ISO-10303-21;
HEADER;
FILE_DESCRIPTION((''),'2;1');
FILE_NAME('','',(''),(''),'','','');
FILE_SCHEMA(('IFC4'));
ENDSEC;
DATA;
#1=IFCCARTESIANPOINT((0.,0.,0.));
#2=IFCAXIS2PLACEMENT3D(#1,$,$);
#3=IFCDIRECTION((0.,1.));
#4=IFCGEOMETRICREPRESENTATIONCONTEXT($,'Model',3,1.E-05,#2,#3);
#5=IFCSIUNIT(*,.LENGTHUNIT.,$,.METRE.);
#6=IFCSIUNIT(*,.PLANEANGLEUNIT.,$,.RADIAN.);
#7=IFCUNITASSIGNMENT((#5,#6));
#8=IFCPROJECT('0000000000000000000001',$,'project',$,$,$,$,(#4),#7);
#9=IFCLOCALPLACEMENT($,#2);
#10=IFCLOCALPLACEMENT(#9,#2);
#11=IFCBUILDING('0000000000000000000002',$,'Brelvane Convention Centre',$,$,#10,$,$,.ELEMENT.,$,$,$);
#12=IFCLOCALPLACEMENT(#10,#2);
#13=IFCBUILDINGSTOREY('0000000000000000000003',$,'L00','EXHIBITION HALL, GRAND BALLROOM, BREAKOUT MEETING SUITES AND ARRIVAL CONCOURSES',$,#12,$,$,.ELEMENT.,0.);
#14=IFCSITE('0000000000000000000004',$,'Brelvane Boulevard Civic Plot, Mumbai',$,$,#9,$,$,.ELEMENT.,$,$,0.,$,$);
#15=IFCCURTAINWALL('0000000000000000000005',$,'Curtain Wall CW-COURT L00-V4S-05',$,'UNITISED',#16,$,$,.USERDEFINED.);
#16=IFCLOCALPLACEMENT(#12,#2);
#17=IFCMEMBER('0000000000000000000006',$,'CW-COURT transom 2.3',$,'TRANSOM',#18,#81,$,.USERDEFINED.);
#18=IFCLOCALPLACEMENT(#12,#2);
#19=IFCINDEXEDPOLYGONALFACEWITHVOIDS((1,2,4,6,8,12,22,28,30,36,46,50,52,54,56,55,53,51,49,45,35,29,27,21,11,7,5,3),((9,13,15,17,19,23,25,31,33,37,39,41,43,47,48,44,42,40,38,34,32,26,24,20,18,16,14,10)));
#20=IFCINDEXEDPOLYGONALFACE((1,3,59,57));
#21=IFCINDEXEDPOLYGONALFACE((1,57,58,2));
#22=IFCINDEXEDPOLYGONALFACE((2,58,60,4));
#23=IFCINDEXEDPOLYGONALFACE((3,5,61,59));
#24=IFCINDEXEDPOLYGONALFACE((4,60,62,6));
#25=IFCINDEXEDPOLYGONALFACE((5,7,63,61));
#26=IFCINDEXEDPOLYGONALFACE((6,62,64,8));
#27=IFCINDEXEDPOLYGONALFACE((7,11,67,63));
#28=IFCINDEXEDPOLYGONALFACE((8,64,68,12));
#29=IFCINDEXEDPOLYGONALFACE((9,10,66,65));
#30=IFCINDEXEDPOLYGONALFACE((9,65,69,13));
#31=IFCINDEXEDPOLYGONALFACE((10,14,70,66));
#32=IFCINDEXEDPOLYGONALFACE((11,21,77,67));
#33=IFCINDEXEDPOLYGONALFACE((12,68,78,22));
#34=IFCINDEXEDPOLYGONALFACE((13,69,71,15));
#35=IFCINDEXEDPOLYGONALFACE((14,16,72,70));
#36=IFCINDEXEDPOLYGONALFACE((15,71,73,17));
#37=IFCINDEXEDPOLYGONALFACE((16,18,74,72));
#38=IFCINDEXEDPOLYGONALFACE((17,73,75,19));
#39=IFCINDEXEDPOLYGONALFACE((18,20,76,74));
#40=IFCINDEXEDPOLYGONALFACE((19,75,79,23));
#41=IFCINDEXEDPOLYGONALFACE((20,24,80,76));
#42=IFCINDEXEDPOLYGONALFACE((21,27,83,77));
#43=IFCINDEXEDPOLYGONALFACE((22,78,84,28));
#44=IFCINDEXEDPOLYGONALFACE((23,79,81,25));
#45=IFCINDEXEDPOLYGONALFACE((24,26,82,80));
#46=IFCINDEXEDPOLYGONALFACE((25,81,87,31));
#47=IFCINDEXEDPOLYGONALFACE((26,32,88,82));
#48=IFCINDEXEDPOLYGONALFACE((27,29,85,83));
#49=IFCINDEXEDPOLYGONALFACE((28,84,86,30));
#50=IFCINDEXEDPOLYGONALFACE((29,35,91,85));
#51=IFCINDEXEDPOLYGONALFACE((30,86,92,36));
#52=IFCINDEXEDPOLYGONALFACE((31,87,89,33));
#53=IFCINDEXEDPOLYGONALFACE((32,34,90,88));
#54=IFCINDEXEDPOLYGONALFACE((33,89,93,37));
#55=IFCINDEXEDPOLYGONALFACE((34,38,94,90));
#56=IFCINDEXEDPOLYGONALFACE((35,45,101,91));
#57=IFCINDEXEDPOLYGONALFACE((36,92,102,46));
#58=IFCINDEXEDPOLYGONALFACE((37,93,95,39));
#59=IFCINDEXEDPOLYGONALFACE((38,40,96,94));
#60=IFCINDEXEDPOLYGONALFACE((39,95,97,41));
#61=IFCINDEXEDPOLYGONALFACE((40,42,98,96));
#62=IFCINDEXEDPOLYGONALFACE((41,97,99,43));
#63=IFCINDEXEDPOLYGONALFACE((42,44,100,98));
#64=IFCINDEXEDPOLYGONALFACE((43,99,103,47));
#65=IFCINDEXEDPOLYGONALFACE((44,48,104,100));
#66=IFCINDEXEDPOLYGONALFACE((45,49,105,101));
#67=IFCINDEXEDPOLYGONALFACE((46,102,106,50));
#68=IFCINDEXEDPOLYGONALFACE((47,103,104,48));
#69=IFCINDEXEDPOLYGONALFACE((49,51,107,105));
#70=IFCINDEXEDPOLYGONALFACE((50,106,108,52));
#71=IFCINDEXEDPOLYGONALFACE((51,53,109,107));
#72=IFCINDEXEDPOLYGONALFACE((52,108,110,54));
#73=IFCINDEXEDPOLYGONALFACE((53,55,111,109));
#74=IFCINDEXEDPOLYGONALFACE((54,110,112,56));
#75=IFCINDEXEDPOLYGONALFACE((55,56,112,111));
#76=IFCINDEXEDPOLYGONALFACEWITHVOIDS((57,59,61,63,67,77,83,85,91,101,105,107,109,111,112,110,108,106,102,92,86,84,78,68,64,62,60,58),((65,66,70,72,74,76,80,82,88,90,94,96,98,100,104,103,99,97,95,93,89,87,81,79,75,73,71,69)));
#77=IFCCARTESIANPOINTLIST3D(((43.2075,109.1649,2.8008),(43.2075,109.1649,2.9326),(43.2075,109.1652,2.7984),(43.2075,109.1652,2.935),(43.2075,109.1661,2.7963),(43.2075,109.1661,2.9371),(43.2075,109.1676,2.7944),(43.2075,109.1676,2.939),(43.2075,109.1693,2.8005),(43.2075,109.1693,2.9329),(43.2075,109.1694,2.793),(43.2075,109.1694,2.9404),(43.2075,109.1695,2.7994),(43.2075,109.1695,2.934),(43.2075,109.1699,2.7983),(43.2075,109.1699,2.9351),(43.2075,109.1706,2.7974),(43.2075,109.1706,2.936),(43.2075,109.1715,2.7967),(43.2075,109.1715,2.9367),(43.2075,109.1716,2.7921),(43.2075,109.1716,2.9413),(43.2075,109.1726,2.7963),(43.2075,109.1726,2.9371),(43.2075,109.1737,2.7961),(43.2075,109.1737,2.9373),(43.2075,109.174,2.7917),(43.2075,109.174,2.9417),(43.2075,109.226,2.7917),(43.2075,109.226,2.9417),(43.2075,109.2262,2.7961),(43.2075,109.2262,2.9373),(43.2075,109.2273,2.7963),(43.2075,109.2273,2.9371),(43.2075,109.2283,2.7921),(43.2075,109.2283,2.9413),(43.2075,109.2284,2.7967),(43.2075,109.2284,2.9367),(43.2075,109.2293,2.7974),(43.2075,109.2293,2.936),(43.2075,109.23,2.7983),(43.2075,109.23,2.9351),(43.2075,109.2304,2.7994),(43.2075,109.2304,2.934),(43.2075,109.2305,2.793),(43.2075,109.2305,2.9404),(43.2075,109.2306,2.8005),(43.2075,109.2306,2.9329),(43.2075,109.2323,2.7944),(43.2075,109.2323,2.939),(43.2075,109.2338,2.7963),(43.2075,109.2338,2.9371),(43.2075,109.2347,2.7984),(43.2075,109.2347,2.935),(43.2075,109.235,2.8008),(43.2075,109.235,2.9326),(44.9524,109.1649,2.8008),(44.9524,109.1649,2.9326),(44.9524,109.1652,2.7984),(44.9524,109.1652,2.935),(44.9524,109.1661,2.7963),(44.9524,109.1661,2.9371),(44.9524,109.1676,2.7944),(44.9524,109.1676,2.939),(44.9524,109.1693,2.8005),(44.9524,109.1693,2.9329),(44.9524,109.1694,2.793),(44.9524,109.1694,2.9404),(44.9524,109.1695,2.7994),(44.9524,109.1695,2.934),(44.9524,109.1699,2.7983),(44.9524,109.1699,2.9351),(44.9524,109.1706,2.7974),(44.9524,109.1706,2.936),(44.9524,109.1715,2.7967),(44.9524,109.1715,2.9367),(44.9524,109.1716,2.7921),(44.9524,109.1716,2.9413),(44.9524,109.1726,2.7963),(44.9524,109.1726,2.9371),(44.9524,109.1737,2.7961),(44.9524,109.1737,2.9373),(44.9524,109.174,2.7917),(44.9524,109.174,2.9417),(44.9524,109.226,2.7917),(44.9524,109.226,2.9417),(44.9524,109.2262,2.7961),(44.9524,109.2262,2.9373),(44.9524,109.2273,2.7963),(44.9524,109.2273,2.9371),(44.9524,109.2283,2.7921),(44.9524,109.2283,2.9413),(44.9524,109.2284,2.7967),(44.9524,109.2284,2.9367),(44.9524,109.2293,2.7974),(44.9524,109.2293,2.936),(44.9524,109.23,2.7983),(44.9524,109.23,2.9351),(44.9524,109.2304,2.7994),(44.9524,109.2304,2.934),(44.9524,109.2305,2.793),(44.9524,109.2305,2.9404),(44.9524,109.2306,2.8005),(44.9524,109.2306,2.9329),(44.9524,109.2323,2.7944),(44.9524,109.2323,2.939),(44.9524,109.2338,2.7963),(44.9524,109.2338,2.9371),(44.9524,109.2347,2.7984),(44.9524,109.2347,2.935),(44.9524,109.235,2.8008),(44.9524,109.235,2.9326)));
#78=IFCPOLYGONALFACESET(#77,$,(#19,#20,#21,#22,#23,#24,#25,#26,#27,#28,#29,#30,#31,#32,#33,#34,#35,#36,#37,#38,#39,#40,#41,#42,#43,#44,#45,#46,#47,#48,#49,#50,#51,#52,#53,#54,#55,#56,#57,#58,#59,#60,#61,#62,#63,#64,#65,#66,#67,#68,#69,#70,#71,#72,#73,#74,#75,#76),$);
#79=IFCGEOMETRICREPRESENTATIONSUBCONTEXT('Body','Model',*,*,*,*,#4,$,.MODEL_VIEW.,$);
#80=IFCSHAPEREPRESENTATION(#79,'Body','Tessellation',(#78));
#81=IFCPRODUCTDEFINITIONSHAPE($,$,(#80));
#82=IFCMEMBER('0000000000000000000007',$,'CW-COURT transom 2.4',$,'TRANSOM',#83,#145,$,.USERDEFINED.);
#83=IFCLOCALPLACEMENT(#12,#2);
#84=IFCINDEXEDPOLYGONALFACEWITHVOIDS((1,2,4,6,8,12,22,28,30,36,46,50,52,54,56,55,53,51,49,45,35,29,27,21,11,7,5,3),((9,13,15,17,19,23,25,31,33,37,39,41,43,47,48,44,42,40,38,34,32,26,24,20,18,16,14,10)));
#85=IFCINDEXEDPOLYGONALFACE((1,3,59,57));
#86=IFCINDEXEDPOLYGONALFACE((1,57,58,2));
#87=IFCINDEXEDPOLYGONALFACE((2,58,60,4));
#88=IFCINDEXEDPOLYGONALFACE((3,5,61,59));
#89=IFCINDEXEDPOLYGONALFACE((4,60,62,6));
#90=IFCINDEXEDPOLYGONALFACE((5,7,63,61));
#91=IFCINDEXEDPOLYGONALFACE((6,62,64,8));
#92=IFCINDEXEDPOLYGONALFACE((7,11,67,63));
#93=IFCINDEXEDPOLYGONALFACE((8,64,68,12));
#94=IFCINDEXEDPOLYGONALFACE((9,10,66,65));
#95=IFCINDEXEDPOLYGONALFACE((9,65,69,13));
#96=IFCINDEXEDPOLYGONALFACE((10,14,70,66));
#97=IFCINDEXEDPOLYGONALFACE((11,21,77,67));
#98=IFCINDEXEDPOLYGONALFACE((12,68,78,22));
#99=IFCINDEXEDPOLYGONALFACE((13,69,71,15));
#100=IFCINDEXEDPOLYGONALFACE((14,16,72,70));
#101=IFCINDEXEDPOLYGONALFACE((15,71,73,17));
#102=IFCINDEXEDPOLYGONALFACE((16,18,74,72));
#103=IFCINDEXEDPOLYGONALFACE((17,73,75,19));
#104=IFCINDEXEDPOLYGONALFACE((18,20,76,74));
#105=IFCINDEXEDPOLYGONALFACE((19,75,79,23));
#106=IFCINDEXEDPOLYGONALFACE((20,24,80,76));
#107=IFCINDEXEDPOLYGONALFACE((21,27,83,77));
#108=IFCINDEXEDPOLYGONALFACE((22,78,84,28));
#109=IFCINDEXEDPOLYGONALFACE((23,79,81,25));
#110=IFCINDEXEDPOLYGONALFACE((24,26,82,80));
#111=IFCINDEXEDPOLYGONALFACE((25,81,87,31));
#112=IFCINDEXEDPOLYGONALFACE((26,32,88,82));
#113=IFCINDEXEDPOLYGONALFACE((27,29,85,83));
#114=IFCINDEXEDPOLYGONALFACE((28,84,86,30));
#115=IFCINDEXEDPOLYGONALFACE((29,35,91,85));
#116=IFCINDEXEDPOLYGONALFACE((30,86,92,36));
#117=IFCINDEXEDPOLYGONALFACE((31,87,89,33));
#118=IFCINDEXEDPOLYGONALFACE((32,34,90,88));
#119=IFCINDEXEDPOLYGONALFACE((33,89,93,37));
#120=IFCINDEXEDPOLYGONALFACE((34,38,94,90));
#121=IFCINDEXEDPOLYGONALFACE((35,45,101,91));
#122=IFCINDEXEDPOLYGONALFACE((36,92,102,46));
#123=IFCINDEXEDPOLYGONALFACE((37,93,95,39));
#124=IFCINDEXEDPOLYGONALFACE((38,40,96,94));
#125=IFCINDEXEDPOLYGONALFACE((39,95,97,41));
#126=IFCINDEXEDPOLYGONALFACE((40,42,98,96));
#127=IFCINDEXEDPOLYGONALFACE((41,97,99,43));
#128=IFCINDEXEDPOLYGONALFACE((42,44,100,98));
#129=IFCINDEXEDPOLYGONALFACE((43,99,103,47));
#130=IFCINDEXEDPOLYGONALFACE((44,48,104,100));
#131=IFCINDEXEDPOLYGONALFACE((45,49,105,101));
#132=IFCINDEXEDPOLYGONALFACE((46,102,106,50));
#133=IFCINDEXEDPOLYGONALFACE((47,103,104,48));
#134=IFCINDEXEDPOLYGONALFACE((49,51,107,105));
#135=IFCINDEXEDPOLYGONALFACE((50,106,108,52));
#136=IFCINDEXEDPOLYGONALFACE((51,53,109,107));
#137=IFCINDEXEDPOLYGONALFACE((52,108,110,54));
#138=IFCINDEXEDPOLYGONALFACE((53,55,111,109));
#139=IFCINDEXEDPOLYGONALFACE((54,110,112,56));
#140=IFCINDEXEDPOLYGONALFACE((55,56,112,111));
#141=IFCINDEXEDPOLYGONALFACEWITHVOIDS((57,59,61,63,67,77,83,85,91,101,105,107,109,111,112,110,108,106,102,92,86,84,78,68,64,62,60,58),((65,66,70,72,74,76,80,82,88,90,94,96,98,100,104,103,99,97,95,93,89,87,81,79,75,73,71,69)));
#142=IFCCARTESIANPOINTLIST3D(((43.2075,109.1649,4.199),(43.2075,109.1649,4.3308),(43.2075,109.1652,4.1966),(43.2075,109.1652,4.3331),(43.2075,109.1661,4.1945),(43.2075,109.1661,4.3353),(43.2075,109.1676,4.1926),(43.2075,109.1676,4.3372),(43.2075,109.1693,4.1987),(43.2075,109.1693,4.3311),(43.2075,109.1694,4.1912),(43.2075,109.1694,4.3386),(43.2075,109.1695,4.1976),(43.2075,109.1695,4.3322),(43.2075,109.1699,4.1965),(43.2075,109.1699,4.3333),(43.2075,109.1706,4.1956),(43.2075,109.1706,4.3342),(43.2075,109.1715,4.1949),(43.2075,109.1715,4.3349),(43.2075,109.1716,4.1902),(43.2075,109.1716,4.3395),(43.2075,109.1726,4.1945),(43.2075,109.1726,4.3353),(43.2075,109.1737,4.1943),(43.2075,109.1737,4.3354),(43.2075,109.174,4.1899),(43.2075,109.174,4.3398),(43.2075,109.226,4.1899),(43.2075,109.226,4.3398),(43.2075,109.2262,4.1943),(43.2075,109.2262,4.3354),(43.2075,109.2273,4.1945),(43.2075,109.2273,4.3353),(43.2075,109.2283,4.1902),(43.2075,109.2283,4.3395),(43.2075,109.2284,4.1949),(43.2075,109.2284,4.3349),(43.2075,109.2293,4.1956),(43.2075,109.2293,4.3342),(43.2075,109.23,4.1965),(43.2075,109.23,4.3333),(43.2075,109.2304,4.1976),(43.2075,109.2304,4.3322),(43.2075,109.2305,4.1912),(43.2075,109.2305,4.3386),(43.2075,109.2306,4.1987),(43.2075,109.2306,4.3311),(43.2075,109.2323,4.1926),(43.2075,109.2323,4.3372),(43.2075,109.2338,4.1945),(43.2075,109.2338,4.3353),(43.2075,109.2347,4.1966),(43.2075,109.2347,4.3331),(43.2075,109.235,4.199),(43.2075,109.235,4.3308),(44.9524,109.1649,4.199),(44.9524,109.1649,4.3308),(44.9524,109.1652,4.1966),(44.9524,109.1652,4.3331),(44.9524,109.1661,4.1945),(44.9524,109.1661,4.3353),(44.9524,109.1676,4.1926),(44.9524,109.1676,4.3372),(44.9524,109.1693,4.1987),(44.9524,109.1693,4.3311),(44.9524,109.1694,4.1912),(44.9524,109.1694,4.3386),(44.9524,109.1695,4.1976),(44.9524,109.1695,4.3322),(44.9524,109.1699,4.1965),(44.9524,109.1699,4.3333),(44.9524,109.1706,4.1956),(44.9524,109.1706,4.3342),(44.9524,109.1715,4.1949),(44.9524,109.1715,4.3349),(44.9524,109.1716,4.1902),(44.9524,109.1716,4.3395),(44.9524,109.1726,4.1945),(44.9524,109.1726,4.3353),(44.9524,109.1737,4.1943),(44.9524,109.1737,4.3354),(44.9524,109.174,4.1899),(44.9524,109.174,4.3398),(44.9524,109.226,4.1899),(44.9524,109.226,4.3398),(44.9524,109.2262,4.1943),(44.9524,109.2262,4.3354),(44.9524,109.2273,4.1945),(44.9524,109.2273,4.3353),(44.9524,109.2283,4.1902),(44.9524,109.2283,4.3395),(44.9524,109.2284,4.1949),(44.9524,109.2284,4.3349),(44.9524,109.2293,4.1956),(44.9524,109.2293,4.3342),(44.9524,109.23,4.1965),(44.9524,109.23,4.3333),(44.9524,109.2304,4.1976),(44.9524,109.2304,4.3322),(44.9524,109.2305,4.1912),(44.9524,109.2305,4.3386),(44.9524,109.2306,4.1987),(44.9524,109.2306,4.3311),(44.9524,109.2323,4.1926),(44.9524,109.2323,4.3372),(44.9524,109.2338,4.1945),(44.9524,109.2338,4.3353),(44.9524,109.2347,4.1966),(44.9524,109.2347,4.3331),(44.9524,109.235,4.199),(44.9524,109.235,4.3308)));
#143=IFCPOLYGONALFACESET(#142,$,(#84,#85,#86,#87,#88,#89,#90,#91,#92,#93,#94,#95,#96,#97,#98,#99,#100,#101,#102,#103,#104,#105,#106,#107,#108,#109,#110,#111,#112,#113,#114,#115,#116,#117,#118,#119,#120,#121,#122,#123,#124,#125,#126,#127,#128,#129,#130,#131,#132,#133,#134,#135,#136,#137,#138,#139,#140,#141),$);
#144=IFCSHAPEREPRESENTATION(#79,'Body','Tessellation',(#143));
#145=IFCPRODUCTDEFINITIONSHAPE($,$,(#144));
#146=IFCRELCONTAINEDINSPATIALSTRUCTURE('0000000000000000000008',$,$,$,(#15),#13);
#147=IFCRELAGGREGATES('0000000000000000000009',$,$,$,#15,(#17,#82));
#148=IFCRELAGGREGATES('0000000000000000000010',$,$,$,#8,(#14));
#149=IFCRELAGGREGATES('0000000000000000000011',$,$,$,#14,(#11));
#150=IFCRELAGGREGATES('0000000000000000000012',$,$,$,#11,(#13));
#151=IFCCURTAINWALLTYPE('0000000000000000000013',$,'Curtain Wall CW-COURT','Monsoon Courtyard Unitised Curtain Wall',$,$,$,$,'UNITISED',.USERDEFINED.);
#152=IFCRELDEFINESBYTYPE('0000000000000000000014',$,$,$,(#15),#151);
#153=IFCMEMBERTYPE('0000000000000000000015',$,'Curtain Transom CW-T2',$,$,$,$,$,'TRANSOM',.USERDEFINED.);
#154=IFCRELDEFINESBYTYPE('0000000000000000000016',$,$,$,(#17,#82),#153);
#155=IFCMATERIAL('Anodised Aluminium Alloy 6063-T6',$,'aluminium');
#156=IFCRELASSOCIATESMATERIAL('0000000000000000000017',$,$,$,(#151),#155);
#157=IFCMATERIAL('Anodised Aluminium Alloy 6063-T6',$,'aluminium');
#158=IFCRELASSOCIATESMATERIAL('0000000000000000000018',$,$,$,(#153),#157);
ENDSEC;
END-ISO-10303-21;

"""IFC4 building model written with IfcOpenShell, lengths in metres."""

from ifc_helpers import new_model, si_unit, direction, frame, origin, origin_2d, place, context, subcontext, project, spatial, hollow_rectangle, extrude, material, material_profile, profile_set, type_object, element, aggregate, save


model = new_model("IFC4")

# Units and contexts
model_context = context("Model", 3, precision=1e-05, world=origin(), true_north=direction((0.0, 1.0)))
body_context = subcontext(model_context, "Body", "Model", "MODEL_VIEW")
ifc_project = project(units=[si_unit("LENGTHUNIT", "METRE"), si_unit("PLANEANGLEUNIT", "RADIAN")], contexts=[model_context])

# Site, building, storey
site_placement = place(None, origin())
site = spatial("IfcSite", under=ifc_project, at=site_placement, Name="Brelvane Boulevard Civic Plot, Mumbai", CompositionType="ELEMENT", RefElevation=0.0)
building_placement = place(site_placement, origin())
building = spatial("IfcBuilding", under=site, at=building_placement, Name="Brelvane Convention Centre", CompositionType="ELEMENT")
storey_placement = place(building_placement, origin())
storey = spatial("IfcBuildingStorey", under=building, at=storey_placement, Name="L00", Description="EXHIBITION HALL, GRAND BALLROOM, BREAKOUT MEETING SUITES AND ARRIVAL CONCOURSES", CompositionType="ELEMENT", Elevation=0.0)

# Curtain wall, members
ifc_material_1 = material(Name="Anodised Aluminium Alloy 6063-T6", Category="aluminium")
curtain_wall_type = type_object("IfcCurtainWallType", Name="Curtain Wall CW-COURT", Description="Monsoon Courtyard Unitised Curtain Wall", ElementType="UNITISED", PredefinedType="USERDEFINED", material=ifc_material_1)
curtain_wall_placement = place(storey_placement, origin())
curtain_wall = element("IfcCurtainWall", 1, at=curtain_wall_placement, inside=storey, type_object=curtain_wall_type, Name="Curtain Wall CW-COURT L00-V4S-05", ObjectType="UNITISED", PredefinedType="USERDEFINED")
ifc_material_2 = material(Name="Anodised Aluminium Alloy 6063-T6", Category="aluminium")
ifc_material_profile_1 = material_profile(ifc_material_2, hollow_rectangle(XDim=0.0701, YDim=0.1499, WallThickness=0.0044, InnerFilletRadius=0.0044, OuterFilletRadius=0.009, at=origin_2d()), Name="ALU-T 150x70x4.5")
ifc_profile_set_1 = profile_set([ifc_material_profile_1], Name="Anodised Aluminium Alloy 6063-T6")
member_type_1 = type_object("IfcMemberType", Name="Curtain Transom CW-T2", ElementType="TRANSOM", PredefinedType="USERDEFINED", material=ifc_profile_set_1)
member_1_placement = place(storey_placement, frame((43.2075, 109.2, 2.8667), z_axis=(1.0, 0.0, 0.0), x_axis=(0.0, 1.0, 0.0)))
member_1 = element("IfcMember", 2, at=member_1_placement, type_object=member_type_1, Name="CW-COURT transom 2.3", ObjectType="TRANSOM", PredefinedType="USERDEFINED", context=body_context, shape_type="SweptSolid", body=[
    extrude(hollow_rectangle(XDim=0.0701, YDim=0.1499, WallThickness=0.0044, InnerFilletRadius=0.0044, OuterFilletRadius=0.009, at=origin_2d()), origin(), (0.0, 0.0, 1.0), 1.7449),
])
member_2_placement = place(storey_placement, frame((43.2075, 109.2, 4.2649), z_axis=(1.0, 0.0, 0.0), x_axis=(0.0, 1.0, 0.0)))
member_2 = element("IfcMember", 3, at=member_2_placement, type_object=member_type_1, Name="CW-COURT transom 2.4", ObjectType="TRANSOM", PredefinedType="USERDEFINED", context=body_context, shape_type="SweptSolid", body=[
    extrude(hollow_rectangle(XDim=0.0701, YDim=0.1499, WallThickness=0.0044, InnerFilletRadius=0.0044, OuterFilletRadius=0.009, at=origin_2d()), origin(), (0.0, 0.0, 1.0), 1.7449),
])

aggregate(curtain_wall, [member_1, member_2])

save(model, "model.ifc")
